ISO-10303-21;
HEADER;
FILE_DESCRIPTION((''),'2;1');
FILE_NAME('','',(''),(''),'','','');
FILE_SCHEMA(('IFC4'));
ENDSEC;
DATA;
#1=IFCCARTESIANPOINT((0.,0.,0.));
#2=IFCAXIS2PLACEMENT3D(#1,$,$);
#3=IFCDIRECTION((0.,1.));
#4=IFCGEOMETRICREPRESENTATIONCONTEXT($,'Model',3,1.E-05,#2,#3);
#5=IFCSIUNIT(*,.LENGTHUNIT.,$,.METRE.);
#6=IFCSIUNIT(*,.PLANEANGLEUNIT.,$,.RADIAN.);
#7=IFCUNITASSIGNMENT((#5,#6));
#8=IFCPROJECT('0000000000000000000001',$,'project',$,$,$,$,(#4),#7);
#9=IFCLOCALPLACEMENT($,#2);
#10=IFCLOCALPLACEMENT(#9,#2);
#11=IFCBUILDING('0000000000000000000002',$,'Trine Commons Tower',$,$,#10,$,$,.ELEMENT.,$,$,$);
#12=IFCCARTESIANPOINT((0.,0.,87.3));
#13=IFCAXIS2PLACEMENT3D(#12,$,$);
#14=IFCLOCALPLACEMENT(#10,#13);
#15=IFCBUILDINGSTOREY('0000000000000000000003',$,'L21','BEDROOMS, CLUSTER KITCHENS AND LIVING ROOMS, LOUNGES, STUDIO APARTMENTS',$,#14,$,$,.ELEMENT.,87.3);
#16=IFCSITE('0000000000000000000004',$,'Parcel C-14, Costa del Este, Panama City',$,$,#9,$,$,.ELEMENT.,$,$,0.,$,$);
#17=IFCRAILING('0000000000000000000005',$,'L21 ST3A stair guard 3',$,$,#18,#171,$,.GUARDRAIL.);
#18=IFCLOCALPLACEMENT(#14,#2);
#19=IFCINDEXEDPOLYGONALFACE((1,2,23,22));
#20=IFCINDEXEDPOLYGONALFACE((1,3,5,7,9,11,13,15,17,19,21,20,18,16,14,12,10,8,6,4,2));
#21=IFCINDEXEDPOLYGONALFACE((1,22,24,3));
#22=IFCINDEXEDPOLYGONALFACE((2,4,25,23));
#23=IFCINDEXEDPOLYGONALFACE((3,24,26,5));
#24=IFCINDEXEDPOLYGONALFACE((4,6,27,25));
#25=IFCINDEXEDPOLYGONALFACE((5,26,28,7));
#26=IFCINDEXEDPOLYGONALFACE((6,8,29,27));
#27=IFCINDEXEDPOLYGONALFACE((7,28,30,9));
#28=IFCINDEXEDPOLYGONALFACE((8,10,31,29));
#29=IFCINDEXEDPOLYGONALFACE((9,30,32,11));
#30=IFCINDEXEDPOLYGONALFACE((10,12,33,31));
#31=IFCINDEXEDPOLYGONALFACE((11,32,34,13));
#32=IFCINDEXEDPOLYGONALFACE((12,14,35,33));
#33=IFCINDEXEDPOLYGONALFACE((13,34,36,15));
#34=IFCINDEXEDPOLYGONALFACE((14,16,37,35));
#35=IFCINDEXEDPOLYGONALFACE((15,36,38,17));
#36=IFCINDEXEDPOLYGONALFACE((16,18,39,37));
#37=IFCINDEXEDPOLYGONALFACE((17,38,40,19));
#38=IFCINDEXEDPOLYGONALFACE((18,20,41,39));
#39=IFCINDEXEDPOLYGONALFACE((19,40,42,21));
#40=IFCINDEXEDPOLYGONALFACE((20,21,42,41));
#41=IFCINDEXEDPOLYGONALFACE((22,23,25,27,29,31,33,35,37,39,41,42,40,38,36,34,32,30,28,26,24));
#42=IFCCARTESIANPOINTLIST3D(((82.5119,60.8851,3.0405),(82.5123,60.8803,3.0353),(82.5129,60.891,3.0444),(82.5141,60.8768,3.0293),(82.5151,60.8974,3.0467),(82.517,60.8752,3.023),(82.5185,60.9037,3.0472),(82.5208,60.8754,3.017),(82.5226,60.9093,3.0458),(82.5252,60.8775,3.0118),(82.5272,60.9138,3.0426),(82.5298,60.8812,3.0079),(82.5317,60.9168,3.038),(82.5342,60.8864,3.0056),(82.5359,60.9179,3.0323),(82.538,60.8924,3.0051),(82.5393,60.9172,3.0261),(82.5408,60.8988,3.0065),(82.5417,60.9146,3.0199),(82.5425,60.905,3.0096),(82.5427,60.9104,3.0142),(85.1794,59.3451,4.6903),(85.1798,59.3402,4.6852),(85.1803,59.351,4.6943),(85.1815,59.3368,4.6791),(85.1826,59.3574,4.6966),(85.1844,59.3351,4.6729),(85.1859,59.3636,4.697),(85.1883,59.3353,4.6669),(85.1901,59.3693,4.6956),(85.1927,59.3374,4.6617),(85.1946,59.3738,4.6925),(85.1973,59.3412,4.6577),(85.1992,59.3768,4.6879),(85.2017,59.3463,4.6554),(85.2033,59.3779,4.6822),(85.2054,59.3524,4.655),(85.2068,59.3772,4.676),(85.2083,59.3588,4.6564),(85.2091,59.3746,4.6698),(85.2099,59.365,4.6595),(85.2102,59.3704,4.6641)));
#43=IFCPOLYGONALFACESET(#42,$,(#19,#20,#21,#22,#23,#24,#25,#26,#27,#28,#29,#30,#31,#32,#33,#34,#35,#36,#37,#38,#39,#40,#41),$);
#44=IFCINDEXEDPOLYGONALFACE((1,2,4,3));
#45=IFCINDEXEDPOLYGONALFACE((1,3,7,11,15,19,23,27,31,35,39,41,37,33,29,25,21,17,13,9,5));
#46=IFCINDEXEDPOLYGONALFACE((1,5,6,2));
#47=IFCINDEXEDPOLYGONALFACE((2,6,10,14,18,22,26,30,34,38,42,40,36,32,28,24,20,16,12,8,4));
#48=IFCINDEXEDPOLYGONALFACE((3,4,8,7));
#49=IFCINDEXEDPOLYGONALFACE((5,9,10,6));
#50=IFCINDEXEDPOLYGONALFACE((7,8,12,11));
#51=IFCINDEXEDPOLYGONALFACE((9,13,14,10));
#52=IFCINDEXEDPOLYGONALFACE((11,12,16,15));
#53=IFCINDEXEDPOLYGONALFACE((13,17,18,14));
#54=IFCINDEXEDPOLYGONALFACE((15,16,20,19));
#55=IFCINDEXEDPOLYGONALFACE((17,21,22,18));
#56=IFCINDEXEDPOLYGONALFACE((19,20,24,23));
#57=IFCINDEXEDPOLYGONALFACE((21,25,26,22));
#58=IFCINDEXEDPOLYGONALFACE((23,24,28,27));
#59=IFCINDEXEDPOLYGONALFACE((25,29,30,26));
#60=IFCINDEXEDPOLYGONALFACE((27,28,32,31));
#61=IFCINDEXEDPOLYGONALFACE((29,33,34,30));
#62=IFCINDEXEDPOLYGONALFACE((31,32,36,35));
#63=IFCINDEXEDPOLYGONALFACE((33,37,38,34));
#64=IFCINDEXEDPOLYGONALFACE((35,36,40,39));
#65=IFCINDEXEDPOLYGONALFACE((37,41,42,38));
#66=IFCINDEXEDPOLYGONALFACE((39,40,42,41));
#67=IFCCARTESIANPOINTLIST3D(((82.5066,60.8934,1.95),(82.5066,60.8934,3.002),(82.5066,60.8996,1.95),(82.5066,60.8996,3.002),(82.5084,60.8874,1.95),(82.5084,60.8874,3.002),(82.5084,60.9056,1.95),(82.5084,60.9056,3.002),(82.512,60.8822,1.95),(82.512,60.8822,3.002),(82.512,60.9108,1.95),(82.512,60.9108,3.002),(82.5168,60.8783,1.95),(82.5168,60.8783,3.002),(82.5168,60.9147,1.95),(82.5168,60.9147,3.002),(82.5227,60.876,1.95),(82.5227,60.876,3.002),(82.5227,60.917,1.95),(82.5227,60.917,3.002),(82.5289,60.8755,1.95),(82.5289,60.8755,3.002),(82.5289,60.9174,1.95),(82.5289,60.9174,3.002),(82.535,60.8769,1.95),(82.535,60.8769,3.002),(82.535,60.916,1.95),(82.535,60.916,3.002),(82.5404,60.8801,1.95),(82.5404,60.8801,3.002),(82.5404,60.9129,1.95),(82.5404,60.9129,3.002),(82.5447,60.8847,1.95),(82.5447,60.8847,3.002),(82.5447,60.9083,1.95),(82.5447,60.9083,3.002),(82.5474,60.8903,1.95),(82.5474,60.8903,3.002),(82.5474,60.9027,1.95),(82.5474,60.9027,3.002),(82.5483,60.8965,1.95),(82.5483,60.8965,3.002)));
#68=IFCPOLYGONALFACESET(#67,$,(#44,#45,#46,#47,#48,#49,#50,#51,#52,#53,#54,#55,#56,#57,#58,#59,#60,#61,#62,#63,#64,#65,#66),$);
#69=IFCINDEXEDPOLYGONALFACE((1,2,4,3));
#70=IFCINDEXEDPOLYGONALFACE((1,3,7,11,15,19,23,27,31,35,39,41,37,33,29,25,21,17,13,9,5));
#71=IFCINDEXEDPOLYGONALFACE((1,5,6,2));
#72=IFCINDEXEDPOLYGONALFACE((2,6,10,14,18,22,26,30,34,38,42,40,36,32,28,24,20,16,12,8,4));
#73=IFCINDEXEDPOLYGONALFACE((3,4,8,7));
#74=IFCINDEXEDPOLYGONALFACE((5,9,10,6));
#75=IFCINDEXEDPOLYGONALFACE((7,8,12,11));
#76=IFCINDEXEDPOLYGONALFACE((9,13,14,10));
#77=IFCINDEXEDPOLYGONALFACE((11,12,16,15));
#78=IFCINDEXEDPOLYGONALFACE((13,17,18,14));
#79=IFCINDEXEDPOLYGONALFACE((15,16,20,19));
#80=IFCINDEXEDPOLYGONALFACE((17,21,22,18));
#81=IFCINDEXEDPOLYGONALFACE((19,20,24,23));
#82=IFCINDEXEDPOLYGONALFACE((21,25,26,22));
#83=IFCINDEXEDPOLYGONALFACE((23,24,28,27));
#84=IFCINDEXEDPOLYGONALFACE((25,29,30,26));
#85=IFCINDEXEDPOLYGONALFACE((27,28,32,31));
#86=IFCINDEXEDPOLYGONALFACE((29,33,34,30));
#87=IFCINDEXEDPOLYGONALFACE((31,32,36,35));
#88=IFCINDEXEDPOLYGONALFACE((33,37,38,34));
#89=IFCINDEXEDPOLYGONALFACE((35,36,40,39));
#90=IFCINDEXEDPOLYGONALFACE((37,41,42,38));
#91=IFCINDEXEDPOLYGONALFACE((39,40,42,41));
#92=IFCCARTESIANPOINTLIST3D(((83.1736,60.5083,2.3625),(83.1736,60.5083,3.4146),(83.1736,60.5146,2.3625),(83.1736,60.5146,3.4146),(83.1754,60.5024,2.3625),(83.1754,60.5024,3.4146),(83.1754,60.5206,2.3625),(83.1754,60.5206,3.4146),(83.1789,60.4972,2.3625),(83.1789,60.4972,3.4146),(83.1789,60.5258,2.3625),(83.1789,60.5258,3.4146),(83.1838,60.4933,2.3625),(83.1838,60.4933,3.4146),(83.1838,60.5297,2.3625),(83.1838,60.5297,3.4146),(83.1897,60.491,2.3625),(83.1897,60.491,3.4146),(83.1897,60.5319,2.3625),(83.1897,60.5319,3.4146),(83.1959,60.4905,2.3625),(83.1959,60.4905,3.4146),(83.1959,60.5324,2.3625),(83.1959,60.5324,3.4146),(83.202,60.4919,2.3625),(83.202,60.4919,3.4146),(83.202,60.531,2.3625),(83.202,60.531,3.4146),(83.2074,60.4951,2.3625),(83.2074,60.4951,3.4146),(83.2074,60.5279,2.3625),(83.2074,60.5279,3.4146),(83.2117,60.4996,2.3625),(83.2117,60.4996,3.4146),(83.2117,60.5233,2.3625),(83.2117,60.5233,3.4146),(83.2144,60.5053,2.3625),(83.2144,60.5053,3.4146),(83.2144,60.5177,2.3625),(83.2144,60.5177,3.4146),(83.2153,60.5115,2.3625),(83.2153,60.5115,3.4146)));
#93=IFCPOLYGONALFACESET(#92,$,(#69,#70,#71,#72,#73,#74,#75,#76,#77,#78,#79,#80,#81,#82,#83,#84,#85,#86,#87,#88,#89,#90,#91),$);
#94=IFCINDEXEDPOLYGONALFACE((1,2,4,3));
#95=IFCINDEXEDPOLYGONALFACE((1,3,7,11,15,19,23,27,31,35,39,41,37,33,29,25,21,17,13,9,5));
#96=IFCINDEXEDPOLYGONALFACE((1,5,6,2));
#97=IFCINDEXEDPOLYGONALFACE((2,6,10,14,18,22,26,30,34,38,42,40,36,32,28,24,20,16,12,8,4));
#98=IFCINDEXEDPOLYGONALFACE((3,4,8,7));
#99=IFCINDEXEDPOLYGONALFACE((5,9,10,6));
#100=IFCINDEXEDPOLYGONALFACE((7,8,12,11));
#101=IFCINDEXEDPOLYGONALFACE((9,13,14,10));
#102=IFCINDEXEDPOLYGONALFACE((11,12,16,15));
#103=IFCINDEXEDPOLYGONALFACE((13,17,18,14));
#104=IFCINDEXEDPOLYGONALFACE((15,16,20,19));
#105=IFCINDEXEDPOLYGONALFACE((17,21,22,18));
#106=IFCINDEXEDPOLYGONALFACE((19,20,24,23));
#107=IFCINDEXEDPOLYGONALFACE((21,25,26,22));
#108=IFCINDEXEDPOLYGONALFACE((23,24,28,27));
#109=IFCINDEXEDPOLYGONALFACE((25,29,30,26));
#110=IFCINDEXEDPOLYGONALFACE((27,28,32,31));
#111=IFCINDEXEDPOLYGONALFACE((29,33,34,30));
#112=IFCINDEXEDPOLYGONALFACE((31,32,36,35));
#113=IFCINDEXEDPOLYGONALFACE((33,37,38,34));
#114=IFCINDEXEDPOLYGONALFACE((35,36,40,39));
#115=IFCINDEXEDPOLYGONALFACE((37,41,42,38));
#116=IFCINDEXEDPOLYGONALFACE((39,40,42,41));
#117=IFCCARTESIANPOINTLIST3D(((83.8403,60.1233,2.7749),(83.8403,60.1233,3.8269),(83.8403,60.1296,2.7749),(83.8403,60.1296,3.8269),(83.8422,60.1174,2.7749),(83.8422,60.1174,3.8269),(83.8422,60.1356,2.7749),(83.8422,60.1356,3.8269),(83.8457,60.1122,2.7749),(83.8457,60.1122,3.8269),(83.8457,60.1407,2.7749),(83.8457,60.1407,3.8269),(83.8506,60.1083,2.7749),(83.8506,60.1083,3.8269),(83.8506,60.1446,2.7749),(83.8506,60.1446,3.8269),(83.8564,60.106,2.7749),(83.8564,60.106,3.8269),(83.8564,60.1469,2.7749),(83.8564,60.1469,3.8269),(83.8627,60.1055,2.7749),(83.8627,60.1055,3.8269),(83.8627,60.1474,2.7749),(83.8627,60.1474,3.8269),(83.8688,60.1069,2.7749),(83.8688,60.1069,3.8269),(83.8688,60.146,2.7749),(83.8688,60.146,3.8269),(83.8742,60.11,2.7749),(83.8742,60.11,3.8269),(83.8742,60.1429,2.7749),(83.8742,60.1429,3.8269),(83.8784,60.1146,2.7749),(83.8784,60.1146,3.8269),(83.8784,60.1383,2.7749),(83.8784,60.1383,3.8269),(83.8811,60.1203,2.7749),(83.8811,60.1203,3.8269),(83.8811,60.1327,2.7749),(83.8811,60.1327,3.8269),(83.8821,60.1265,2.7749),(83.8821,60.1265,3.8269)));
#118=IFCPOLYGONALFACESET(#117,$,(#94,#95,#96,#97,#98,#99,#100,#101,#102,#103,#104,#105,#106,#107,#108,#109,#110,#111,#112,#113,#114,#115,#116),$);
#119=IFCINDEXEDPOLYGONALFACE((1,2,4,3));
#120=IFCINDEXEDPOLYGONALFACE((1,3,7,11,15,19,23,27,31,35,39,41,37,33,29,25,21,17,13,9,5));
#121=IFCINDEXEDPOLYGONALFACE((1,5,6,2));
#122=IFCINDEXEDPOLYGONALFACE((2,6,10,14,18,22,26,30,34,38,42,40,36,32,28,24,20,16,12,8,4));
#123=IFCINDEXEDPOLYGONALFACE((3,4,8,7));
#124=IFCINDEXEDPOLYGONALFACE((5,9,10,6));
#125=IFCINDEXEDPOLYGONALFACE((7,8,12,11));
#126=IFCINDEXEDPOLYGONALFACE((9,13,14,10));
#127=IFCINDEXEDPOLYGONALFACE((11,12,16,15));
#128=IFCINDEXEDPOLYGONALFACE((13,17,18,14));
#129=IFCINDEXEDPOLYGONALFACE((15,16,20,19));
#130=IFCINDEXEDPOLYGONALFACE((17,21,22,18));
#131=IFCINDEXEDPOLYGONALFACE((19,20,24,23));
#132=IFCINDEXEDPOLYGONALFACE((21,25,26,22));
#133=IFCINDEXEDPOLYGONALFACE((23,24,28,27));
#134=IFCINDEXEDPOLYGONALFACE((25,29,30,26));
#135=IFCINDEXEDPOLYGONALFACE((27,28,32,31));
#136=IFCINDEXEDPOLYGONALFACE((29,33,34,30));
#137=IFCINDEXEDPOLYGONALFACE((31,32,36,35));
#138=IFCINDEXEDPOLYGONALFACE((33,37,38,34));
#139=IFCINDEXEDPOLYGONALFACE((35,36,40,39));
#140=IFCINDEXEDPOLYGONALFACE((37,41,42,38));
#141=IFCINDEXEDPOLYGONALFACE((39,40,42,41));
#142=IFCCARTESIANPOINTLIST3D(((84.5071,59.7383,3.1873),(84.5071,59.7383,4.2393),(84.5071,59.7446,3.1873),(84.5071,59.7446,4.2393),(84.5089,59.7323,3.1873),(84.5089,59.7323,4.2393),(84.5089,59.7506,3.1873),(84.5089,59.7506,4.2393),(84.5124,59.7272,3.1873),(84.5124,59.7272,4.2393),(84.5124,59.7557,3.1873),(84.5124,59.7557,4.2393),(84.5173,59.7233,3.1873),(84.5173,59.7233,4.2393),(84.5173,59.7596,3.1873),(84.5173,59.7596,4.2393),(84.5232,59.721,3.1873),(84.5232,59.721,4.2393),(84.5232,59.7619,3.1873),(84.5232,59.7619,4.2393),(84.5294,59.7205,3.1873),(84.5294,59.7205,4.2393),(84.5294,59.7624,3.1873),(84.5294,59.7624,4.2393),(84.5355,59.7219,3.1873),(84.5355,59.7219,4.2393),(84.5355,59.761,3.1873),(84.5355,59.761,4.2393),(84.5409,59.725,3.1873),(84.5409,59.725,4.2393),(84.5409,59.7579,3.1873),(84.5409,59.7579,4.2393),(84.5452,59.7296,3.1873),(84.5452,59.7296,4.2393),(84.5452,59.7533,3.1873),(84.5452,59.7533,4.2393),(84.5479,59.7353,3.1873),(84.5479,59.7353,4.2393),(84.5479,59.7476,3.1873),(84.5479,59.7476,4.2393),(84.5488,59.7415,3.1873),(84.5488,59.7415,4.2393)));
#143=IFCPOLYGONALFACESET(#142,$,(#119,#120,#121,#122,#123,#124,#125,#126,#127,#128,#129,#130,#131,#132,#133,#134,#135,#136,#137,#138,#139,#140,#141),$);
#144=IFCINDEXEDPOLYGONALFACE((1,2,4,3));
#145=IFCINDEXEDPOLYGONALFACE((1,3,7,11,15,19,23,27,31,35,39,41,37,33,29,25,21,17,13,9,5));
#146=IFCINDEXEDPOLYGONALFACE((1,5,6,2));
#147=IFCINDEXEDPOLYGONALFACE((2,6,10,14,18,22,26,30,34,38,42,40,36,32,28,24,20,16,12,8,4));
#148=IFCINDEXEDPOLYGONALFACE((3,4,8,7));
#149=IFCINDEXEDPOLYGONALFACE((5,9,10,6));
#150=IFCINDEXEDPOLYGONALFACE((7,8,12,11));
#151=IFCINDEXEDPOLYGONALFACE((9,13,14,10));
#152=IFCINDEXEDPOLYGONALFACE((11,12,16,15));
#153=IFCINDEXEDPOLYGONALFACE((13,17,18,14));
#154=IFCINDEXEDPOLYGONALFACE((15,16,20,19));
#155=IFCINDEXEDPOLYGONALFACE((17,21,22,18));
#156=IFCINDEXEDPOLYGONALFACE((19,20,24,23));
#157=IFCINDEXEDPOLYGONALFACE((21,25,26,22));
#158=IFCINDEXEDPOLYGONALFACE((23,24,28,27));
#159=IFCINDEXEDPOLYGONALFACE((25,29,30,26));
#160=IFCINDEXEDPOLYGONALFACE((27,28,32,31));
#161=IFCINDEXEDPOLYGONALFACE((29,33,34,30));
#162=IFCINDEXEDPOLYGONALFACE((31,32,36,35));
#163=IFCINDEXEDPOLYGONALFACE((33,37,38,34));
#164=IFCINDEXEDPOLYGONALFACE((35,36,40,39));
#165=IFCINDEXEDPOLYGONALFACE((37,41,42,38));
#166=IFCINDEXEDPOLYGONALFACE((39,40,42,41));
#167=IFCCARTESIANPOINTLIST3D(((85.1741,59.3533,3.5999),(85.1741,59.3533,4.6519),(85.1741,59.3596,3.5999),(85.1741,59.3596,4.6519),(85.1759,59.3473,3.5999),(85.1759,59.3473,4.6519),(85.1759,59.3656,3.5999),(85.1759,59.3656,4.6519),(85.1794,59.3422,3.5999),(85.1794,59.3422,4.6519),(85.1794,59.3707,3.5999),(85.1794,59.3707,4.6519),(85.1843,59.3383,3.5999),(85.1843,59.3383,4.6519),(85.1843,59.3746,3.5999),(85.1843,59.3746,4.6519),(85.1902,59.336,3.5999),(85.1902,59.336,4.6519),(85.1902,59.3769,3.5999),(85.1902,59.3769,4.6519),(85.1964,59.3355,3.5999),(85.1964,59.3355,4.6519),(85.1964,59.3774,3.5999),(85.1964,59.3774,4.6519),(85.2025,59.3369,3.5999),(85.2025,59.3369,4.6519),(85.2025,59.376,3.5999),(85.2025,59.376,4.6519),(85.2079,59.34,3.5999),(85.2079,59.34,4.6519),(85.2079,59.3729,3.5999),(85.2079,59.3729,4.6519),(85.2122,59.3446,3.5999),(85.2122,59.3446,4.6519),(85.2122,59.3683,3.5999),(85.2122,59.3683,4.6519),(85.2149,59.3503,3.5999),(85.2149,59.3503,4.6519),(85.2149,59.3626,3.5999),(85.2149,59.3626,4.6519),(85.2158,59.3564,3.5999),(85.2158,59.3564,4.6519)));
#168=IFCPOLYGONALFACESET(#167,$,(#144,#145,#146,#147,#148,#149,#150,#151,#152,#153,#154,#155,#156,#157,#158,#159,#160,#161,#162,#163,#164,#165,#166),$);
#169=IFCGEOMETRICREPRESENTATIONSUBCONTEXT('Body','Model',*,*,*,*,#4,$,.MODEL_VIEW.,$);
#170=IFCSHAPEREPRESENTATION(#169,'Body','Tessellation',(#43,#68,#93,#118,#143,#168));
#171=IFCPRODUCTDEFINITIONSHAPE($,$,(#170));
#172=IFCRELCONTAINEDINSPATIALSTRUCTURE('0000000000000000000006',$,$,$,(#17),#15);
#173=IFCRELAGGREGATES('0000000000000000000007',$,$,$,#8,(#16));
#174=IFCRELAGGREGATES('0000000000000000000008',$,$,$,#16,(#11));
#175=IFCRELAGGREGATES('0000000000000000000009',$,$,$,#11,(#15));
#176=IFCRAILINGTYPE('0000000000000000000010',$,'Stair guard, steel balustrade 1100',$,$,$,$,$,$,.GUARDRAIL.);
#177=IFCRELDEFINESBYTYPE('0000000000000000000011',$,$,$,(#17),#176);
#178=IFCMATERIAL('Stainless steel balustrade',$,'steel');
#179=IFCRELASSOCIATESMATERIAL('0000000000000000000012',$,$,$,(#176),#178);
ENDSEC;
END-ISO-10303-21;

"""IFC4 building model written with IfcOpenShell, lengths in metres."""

from ifc_helpers import new_model, si_unit, direction, frame, origin, origin_2d, place, context, subcontext, project, spatial, circle, extrude, material, type_object, element, save


model = new_model("IFC4")

# Units and contexts
model_context = context("Model", 3, precision=1e-05, world=origin(), true_north=direction((0.0, 1.0)))
body_context = subcontext(model_context, "Body", "Model", "MODEL_VIEW")
ifc_project = project(units=[si_unit("LENGTHUNIT", "METRE"), si_unit("PLANEANGLEUNIT", "RADIAN")], contexts=[model_context])

# Site, building, storey
site_placement = place(None, origin())
site = spatial("IfcSite", under=ifc_project, at=site_placement, Name="Parcel C-14, Costa del Este, Panama City", CompositionType="ELEMENT", RefElevation=0.0)
building_placement = place(site_placement, origin())
building = spatial("IfcBuilding", under=site, at=building_placement, Name="Trine Commons Tower", CompositionType="ELEMENT")
storey_placement = place(building_placement, frame((0.0, 0.0, 87.3)))
storey = spatial("IfcBuildingStorey", under=building, at=storey_placement, Name="L21", Description="BEDROOMS, CLUSTER KITCHENS AND LIVING ROOMS, LOUNGES, STUDIO APARTMENTS", CompositionType="ELEMENT", Elevation=87.3)

# Railing
ifc_material_1 = material(Name="Stainless steel balustrade", Category="steel")
railing_type_1 = type_object("IfcRailingType", Name="Stair guard, steel balustrade 1100", PredefinedType="GUARDRAIL", material=ifc_material_1)
railing_1_placement = place(storey_placement, frame((82.5273, 60.8965, 1.95)))
element("IfcRailing", 1, at=railing_1_placement, inside=storey, type_object=railing_type_1, Name="L21 ST3A stair guard 3", PredefinedType="GUARDRAIL", context=body_context, shape_type="SweptSolid", body=[
    extrude(circle(Radius=0.0239, at=origin_2d()), frame((0.0, 0.0, 1.0762), z_axis=(0.763405, -0.440743, 0.472185), x_axis=(0.499992, 0.86603, 0.0)), (0.0, 0.0, 1.0), 3.4941),
    extrude(circle(Radius=0.021, at=origin_2d()), origin(), (0.0, 0.0, 1.0), 1.052),
    extrude(circle(Radius=0.021, at=origin_2d()), frame((0.667, -0.385, 0.4126)), (0.0, 0.0, 1.0), 1.052),
    extrude(circle(Radius=0.021, at=origin_2d()), frame((1.3337, -0.77, 0.825)), (0.0, 0.0, 1.0), 1.052),
    extrude(circle(Radius=0.021, at=origin_2d()), frame((2.0005, -1.155, 1.2373)), (0.0, 0.0, 1.0), 1.052),
    extrude(circle(Radius=0.021, at=origin_2d()), frame((2.6675, -1.54, 1.6499)), (0.0, 0.0, 1.0), 1.052),
])

save(model, "model.ifc")
